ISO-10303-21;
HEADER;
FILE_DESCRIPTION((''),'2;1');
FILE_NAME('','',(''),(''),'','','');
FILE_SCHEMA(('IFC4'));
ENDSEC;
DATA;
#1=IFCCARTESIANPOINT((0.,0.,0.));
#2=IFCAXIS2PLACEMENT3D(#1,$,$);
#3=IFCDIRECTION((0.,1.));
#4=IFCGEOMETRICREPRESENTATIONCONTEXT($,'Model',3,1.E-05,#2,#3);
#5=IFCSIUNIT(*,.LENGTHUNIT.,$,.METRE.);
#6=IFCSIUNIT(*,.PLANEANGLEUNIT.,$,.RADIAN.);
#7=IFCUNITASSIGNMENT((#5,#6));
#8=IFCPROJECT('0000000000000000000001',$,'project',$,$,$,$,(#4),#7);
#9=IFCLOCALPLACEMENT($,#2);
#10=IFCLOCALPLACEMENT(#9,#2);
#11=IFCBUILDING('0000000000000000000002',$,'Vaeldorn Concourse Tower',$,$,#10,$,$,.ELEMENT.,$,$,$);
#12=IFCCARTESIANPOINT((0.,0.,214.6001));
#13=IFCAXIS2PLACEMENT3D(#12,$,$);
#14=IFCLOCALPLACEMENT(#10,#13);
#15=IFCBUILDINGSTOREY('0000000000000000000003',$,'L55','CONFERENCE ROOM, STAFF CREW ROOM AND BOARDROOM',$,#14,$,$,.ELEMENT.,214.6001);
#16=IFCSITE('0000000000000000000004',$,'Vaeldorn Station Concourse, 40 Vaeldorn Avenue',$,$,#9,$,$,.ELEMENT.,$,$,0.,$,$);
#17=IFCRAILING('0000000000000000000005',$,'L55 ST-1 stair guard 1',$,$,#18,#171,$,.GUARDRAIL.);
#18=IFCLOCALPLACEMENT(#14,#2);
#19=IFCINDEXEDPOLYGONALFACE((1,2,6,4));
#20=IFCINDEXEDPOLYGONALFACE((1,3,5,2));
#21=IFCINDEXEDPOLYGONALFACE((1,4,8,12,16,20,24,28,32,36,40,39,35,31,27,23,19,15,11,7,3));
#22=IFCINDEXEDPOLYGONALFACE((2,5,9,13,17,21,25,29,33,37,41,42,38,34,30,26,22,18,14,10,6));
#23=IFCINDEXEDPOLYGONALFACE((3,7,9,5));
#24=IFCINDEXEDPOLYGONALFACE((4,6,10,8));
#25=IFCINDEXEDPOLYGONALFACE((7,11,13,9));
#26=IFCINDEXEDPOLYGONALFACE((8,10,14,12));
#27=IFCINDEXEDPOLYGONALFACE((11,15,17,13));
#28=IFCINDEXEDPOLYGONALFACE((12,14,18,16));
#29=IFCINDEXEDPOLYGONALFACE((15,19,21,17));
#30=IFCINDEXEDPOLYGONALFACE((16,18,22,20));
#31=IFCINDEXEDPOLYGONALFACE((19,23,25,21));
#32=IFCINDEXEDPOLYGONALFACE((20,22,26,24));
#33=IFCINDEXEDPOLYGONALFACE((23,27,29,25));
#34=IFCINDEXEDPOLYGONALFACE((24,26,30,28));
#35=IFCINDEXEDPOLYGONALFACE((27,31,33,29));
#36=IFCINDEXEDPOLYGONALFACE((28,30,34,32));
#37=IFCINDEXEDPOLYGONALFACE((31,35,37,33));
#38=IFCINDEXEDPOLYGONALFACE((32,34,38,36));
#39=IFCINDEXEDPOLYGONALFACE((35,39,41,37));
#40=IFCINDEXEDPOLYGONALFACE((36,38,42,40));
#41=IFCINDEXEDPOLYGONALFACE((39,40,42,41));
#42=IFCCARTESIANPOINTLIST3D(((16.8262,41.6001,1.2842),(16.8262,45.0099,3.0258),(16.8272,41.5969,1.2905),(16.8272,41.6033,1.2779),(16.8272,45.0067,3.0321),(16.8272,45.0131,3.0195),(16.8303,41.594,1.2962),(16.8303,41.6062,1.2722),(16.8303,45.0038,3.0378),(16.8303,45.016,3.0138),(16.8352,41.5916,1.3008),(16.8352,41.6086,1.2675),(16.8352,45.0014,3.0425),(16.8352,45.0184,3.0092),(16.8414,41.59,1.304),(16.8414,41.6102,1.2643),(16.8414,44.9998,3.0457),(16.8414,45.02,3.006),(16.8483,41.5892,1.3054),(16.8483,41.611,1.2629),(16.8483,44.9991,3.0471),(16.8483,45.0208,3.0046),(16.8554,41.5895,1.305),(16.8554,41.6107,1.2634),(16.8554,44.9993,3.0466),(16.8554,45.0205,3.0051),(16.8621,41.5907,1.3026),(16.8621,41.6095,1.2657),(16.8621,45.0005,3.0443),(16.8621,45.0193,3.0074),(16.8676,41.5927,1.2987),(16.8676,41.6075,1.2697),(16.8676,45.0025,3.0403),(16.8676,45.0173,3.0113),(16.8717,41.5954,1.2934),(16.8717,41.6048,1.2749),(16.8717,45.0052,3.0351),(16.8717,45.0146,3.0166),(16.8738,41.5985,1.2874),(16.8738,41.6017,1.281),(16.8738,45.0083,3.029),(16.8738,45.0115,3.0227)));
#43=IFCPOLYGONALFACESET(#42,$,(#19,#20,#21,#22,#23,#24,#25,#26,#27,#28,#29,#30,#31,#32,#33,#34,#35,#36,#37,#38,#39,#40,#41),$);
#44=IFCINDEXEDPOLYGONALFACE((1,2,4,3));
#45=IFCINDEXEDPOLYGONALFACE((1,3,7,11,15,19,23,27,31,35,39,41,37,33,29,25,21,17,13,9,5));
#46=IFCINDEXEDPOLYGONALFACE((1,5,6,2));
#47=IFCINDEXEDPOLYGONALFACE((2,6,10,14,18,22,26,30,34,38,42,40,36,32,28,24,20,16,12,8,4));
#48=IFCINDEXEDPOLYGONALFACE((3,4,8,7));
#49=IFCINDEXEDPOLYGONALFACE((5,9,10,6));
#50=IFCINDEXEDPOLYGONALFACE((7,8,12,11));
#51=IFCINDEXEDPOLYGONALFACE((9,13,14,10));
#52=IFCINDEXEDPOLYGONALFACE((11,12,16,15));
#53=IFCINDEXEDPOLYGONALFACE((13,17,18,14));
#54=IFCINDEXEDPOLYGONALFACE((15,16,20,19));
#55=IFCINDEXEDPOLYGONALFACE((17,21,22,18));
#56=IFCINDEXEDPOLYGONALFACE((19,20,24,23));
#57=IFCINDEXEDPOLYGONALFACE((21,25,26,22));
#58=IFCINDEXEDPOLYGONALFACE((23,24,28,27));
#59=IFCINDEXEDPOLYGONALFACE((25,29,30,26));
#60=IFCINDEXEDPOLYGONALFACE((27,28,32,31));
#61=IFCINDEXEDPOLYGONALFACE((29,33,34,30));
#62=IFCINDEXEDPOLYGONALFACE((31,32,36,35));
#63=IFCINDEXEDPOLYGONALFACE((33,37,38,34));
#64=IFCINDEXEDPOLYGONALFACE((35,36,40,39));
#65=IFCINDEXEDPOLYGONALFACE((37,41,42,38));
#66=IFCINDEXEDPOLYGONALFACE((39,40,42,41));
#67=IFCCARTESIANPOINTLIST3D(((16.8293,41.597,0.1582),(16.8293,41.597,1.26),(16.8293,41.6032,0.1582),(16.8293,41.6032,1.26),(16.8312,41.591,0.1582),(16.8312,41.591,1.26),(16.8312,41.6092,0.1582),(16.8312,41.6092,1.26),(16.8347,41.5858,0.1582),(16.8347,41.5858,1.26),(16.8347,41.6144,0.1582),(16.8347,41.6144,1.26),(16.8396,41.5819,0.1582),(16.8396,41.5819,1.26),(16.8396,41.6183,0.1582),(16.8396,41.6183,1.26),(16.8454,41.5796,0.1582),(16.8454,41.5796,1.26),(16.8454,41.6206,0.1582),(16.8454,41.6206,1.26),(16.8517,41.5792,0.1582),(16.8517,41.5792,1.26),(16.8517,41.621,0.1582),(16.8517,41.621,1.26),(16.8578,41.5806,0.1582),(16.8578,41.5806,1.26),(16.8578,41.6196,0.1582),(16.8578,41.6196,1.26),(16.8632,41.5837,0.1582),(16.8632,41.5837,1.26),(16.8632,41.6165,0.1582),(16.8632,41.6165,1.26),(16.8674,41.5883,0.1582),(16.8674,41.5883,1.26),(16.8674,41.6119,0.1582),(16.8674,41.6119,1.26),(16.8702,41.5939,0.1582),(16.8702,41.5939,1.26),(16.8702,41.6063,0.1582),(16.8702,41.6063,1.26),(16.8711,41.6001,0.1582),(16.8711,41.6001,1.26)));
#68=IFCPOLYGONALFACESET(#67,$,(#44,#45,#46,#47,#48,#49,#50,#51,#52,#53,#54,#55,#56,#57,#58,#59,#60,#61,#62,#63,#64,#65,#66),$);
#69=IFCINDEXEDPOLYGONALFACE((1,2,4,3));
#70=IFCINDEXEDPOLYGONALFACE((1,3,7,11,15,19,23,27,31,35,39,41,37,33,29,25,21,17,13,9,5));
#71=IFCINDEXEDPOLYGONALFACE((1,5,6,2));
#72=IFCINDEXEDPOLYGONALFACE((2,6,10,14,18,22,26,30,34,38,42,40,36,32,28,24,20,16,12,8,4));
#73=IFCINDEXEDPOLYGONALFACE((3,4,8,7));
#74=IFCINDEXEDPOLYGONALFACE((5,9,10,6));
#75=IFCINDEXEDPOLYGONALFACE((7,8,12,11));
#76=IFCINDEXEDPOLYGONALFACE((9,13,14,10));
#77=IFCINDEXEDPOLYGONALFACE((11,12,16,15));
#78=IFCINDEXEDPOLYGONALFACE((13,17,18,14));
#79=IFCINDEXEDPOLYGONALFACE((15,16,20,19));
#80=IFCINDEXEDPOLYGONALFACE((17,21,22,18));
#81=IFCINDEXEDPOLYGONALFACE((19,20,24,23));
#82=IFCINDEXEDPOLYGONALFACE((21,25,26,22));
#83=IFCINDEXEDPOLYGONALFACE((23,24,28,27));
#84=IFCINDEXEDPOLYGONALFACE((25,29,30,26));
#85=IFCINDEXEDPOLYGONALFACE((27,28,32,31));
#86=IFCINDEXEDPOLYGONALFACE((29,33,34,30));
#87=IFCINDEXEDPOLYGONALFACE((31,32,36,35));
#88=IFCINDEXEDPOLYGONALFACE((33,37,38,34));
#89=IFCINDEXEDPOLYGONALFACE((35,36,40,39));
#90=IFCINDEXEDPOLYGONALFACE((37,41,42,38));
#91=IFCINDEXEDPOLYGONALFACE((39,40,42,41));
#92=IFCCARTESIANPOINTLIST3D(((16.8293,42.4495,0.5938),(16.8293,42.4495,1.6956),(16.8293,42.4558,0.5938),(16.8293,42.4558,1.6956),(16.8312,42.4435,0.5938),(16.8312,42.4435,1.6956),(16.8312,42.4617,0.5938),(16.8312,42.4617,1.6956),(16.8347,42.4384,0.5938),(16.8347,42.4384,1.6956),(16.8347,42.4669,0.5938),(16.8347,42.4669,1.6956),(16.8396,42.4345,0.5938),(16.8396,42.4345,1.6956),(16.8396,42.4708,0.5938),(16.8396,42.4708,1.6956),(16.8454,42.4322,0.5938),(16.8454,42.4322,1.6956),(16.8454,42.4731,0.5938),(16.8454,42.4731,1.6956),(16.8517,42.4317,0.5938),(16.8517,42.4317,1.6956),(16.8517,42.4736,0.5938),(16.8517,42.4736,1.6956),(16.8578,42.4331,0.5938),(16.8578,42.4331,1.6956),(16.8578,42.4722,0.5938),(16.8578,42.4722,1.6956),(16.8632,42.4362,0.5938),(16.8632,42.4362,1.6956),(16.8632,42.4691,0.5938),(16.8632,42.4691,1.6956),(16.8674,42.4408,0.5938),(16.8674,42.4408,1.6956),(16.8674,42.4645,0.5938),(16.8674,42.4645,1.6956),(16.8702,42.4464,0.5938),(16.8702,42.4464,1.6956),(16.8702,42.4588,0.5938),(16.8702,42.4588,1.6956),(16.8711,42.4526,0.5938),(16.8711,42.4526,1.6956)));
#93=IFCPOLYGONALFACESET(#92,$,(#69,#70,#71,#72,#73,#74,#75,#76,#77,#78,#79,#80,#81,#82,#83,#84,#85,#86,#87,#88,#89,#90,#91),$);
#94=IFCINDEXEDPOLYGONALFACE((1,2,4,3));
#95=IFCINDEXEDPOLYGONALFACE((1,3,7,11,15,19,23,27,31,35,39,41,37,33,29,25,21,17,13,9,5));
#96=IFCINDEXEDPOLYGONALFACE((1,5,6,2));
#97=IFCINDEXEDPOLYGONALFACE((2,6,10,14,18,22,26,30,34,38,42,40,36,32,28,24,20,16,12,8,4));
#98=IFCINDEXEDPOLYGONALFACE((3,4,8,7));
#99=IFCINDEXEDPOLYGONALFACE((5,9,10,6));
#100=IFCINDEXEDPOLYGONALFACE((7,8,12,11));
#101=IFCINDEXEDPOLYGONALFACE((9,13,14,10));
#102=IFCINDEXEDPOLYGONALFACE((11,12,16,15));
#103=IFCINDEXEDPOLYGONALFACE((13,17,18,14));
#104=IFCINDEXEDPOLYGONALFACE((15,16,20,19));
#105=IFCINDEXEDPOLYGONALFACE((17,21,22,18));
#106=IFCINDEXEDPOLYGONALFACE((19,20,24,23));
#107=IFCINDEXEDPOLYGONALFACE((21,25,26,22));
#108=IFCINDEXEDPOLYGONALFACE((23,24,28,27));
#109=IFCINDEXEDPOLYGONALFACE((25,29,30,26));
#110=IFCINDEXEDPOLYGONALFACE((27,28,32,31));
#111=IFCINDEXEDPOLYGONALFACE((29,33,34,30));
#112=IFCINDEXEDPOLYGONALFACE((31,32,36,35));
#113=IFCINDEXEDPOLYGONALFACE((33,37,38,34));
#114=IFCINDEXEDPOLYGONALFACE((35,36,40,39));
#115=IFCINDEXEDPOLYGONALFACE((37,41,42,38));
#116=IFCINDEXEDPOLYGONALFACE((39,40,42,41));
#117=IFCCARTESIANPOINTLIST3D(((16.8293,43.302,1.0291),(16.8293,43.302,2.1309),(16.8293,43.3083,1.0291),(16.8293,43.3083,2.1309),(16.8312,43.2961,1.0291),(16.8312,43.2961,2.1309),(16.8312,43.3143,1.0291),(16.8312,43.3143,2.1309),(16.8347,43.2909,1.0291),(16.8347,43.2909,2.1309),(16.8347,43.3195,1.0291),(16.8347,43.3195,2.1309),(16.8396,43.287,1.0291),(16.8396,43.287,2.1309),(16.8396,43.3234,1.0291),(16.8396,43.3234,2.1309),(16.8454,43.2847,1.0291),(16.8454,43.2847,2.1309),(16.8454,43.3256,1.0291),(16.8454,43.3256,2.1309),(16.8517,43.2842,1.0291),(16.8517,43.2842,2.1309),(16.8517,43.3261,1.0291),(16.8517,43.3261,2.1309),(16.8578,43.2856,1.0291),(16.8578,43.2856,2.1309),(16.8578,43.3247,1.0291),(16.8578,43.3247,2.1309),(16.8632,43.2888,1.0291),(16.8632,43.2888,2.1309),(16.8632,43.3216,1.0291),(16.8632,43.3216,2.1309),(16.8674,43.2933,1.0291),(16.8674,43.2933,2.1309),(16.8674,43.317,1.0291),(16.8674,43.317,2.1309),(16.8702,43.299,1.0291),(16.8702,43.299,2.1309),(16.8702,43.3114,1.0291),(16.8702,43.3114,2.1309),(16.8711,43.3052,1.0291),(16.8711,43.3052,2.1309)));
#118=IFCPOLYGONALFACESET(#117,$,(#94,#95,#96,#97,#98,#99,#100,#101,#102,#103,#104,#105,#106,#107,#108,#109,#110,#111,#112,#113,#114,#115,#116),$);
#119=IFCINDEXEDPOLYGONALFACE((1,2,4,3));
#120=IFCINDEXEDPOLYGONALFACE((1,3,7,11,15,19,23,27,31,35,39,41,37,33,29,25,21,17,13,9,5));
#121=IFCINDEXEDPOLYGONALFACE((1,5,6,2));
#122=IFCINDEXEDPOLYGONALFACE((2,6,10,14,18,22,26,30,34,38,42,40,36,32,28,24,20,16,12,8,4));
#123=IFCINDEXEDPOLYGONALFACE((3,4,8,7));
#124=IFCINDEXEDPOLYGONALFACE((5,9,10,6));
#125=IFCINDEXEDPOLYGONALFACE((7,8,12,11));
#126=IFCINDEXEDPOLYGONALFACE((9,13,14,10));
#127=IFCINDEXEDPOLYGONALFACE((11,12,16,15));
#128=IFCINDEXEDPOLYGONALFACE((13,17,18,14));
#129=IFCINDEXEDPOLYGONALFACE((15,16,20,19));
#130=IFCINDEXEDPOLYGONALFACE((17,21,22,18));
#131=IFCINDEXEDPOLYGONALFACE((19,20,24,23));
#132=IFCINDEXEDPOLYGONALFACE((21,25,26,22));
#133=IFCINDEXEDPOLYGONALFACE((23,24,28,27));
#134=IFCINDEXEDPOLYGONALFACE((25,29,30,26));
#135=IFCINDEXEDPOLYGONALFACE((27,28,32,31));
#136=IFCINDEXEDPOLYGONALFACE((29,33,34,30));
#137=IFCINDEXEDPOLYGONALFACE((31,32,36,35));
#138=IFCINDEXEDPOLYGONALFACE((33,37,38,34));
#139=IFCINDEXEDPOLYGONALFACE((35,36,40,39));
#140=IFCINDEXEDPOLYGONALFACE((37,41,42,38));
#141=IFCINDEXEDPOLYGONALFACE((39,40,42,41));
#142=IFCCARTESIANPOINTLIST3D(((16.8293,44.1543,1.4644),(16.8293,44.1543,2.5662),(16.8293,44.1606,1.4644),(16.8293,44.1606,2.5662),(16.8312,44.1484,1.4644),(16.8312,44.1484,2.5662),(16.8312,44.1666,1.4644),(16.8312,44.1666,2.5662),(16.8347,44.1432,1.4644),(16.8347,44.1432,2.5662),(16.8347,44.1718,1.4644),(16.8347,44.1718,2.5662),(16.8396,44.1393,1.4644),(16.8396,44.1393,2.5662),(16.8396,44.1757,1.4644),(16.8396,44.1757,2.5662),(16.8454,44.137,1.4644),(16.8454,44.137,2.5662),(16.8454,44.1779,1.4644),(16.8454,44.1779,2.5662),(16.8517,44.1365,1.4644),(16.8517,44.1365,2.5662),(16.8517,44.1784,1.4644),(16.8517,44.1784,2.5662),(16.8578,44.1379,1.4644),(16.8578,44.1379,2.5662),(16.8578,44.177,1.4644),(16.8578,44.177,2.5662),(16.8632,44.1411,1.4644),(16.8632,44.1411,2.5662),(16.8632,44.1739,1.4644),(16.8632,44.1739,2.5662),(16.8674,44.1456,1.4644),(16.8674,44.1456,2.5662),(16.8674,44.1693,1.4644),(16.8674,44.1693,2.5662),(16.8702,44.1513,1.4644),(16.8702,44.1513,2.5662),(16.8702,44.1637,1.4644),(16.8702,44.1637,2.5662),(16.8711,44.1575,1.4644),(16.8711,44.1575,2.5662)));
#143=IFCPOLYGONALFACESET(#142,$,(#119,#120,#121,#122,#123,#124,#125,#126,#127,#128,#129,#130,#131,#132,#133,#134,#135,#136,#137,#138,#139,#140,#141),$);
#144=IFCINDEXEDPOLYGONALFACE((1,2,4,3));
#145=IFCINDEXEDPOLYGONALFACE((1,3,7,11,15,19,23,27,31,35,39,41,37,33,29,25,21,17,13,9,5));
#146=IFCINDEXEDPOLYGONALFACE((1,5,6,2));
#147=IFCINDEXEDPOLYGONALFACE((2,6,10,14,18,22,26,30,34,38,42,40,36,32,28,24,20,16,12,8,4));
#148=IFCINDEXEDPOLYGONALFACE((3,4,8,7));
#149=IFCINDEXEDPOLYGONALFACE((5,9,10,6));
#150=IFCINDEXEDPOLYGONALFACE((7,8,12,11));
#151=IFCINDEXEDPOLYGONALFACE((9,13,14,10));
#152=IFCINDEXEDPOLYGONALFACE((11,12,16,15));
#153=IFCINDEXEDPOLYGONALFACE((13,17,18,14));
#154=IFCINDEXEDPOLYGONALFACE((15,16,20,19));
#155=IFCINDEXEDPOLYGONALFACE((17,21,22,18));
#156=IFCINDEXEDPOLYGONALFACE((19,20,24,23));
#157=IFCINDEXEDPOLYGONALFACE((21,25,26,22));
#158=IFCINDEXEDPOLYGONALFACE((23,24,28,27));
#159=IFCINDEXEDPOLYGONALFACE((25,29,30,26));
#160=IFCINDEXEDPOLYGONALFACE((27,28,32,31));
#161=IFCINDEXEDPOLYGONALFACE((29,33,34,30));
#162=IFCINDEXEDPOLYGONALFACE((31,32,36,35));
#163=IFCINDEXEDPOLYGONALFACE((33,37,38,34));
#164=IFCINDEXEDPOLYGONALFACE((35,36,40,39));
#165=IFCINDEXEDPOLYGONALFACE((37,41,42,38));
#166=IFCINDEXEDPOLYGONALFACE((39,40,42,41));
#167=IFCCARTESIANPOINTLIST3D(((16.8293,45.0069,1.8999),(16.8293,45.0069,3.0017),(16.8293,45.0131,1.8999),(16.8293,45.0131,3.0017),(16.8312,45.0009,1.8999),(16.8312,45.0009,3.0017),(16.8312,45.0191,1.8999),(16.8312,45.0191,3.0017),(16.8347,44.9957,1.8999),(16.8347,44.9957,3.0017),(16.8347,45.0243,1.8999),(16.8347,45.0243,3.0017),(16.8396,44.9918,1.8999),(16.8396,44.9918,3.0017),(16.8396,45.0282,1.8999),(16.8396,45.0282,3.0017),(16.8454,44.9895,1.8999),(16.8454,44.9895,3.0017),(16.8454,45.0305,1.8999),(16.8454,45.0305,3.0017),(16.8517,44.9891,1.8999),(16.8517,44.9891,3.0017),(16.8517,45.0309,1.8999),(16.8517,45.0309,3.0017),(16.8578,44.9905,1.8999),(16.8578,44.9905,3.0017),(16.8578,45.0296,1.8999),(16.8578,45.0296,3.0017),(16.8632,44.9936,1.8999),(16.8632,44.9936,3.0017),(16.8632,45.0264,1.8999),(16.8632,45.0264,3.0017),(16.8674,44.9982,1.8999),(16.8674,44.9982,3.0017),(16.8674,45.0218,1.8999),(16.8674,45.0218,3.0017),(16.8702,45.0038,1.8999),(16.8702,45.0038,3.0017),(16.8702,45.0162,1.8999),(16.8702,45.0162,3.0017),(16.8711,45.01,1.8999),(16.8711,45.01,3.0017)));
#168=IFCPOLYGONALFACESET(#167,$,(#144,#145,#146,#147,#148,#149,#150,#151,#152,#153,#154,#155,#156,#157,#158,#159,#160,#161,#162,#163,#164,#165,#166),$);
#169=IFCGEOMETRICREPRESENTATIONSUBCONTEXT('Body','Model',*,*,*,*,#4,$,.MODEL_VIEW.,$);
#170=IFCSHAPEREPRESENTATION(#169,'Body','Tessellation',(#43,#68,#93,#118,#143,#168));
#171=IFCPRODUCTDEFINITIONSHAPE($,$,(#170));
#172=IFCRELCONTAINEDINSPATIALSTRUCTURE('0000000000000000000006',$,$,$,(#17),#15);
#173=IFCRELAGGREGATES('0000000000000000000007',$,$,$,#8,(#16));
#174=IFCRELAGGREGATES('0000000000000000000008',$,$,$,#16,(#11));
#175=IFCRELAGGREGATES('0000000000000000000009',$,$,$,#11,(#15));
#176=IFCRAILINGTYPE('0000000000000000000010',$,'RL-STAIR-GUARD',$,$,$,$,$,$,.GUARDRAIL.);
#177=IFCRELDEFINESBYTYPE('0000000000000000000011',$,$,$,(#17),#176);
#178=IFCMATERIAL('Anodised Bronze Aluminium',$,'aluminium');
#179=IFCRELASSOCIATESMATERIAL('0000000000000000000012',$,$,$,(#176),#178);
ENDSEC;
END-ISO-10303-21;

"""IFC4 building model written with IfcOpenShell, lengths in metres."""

from ifc_helpers import new_model, si_unit, direction, frame, origin, origin_2d, place, context, subcontext, project, spatial, circle, extrude, material, type_object, element, save


model = new_model("IFC4")

# Units and contexts
model_context = context("Model", 3, precision=1e-05, world=origin(), true_north=direction((0.0, 1.0)))
body_context = subcontext(model_context, "Body", "Model", "MODEL_VIEW")
ifc_project = project(units=[si_unit("LENGTHUNIT", "METRE"), si_unit("PLANEANGLEUNIT", "RADIAN")], contexts=[model_context])

# Site, building, storey
site_placement = place(None, origin())
site = spatial("IfcSite", under=ifc_project, at=site_placement, Name="Vaeldorn Station Concourse, 40 Vaeldorn Avenue", CompositionType="ELEMENT", RefElevation=0.0)
building_placement = place(site_placement, origin())
building = spatial("IfcBuilding", under=site, at=building_placement, Name="Vaeldorn Concourse Tower", CompositionType="ELEMENT")
storey_placement = place(building_placement, frame((0.0, 0.0, 214.6001)))
storey = spatial("IfcBuildingStorey", under=building, at=storey_placement, Name="L55", Description="CONFERENCE ROOM, STAFF CREW ROOM AND BOARDROOM", CompositionType="ELEMENT", Elevation=214.6001)

# Shared definitions
ifc_material_1 = material(Name="Anodised Bronze Aluminium", Category="aluminium")

# Railing
railing_type_1 = type_object("IfcRailingType", Name="RL-STAIR-GUARD", PredefinedType="GUARDRAIL", material=ifc_material_1)
railing_1_placement = place(storey_placement, frame((16.8501, 41.6001, 0.1582)))
element("IfcRailing", 1, at=railing_1_placement, inside=storey, type_object=railing_type_1, Name="L55 ST-1 stair guard 1", PredefinedType="GUARDRAIL", context=body_context, shape_type="SweptSolid", body=[
    extrude(circle(Radius=0.0239, at=origin_2d()), frame((0.0, 0.0, 1.126), z_axis=(0.0, 0.890556, 0.454874), x_axis=(-1.0, 0.0, 0.0)), (0.0, 0.0, 1.0), 3.8289),
    extrude(circle(Radius=0.021, at=origin_2d()), origin(), (0.0, 0.0, 1.0), 1.1018),
    extrude(circle(Radius=0.021, at=origin_2d()), frame((0.0, 0.8525, 0.4355)), (0.0, 0.0, 1.0), 1.1018),
    extrude(circle(Radius=0.021, at=origin_2d()), frame((0.0, 1.7051, 0.8708)), (0.0, 0.0, 1.0), 1.1018),
    extrude(circle(Radius=0.021, at=origin_2d()), frame((0.0, 2.5574, 1.3062)), (0.0, 0.0, 1.0), 1.1018),
    extrude(circle(Radius=0.021, at=origin_2d()), frame((0.0, 3.4099, 1.7417)), (0.0, 0.0, 1.0), 1.1018),
])

save(model, "model.ifc")
